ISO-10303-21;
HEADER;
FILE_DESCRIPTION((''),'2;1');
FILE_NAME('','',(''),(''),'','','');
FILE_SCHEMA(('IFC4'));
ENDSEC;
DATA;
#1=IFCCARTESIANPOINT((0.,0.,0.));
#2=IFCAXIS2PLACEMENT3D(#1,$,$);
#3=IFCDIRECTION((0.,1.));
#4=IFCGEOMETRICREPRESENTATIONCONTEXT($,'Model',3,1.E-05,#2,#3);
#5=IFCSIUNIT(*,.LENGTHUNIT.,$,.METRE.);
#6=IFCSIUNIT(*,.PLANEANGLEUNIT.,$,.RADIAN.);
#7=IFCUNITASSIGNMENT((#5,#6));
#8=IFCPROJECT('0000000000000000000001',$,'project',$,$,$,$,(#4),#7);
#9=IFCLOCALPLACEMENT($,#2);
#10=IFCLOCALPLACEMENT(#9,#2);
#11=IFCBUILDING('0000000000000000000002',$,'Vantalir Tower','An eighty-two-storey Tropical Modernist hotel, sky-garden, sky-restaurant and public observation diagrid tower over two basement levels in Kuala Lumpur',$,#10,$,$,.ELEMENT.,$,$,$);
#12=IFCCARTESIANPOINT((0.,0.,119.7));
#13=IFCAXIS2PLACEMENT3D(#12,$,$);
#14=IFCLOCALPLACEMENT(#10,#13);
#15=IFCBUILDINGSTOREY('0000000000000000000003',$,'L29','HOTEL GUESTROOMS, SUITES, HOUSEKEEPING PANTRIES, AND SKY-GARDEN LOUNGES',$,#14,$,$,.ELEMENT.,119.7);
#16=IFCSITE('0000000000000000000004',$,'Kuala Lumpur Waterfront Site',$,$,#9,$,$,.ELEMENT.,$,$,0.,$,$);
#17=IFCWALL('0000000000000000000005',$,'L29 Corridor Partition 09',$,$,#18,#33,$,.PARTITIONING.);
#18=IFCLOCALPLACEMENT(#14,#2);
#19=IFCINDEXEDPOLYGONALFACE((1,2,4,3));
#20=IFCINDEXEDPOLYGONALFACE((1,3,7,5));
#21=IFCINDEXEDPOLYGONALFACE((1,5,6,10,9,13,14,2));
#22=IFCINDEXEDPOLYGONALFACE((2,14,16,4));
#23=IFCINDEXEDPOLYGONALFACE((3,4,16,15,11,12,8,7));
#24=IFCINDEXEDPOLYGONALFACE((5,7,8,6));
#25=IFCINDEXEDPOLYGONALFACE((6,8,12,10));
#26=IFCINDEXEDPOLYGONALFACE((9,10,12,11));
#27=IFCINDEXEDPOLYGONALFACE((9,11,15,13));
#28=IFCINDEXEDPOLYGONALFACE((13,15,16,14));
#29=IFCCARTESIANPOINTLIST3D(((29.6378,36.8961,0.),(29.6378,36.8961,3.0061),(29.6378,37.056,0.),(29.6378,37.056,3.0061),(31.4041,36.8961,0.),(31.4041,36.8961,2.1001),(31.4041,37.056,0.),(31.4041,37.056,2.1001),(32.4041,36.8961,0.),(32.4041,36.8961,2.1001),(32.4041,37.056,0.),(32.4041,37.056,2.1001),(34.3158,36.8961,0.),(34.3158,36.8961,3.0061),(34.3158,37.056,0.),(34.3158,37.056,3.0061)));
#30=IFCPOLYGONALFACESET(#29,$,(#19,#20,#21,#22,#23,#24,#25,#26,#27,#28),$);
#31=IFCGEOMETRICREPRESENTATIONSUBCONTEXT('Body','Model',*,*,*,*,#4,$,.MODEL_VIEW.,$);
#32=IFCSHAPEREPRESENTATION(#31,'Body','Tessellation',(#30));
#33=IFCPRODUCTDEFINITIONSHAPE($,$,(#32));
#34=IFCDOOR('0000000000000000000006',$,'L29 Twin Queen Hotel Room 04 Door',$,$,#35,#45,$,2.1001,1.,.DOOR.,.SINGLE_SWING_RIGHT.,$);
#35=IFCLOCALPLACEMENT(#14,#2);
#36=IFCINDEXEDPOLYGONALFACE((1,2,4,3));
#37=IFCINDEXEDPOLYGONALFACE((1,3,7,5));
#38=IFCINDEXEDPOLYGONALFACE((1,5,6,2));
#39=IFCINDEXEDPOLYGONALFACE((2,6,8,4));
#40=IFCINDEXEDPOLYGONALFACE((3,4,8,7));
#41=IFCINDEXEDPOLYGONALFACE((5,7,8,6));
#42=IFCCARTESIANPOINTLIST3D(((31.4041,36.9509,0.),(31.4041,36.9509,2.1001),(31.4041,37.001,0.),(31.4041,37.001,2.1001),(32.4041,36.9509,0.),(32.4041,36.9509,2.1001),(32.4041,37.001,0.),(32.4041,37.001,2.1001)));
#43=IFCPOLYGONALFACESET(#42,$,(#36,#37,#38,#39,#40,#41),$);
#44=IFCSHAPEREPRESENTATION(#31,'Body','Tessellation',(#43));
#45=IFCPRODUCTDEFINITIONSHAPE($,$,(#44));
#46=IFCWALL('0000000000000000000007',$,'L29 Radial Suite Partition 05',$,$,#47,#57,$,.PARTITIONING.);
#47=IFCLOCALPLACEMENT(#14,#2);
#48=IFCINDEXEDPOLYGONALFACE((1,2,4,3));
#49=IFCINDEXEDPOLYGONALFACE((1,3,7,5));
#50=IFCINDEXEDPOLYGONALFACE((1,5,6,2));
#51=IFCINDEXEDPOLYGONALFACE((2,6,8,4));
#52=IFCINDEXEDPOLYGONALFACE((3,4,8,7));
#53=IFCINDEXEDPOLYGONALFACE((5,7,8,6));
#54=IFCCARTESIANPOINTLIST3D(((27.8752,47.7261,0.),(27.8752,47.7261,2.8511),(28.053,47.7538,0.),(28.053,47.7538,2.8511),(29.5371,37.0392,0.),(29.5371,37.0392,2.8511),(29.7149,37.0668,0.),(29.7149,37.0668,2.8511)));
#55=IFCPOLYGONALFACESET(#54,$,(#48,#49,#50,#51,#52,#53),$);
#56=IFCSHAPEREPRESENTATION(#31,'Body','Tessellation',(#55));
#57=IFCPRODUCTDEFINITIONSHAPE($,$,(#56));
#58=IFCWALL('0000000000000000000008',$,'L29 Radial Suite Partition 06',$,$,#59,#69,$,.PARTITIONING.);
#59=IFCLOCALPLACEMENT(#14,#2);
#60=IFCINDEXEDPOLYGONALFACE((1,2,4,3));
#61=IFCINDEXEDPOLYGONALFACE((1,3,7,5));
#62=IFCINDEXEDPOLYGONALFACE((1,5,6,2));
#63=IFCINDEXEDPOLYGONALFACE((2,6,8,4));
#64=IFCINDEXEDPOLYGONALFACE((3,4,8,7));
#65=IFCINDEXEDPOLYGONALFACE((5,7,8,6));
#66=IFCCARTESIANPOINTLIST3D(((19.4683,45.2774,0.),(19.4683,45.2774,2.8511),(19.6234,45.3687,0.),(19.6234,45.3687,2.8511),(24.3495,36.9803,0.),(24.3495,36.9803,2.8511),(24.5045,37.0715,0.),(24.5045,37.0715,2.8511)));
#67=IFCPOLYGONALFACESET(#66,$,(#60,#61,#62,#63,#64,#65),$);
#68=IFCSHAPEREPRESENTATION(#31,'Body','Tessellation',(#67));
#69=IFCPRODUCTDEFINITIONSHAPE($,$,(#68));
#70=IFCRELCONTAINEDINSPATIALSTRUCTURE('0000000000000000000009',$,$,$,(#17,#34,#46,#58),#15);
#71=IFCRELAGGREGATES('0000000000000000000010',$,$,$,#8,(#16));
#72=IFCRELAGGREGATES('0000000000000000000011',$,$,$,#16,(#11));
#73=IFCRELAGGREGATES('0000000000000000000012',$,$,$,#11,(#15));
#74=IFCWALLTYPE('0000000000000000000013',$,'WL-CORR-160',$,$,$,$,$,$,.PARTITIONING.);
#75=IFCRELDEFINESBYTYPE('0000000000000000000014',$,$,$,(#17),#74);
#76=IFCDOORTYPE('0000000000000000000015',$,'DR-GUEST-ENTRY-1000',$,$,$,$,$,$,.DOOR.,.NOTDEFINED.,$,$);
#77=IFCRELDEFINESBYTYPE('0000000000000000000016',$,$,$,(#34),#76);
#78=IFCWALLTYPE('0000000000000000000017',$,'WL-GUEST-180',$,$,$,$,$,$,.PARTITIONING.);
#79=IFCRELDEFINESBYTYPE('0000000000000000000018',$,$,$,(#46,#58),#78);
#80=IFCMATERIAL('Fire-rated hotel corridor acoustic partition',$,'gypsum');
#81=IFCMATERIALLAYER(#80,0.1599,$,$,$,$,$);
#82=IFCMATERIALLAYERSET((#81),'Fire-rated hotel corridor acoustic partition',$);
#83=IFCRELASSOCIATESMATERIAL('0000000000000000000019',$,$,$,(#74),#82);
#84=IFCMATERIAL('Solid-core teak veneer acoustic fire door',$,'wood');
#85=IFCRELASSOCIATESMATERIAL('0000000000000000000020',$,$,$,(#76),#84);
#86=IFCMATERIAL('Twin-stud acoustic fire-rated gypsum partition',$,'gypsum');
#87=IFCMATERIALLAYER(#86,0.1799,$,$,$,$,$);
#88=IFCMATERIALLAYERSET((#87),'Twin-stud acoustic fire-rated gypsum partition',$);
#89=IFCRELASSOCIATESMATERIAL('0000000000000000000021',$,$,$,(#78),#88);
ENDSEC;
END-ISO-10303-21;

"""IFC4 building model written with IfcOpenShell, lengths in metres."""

from ifc_helpers import new_model, si_unit, direction, frame, frame_2d, origin, place, context, subcontext, project, spatial, rectangle, extrude, material, layer, layer_set, type_object, element, fill, save


model = new_model("IFC4")

# Units and contexts
model_context = context("Model", 3, precision=1e-05, world=origin(), true_north=direction((0.0, 1.0)))
body_context = subcontext(model_context, "Body", "Model", "MODEL_VIEW")
ifc_project = project(units=[si_unit("LENGTHUNIT", "METRE"), si_unit("PLANEANGLEUNIT", "RADIAN")], contexts=[model_context])

# Site, building, storey
site_placement = place(None, origin())
site = spatial("IfcSite", under=ifc_project, at=site_placement, Name="Kuala Lumpur Waterfront Site", CompositionType="ELEMENT", RefElevation=0.0)
building_placement = place(site_placement, origin())
building = spatial("IfcBuilding", under=site, at=building_placement, Name="Vantalir Tower", Description="An eighty-two-storey Tropical Modernist hotel, sky-garden, sky-restaurant and public observation diagrid tower over two basement levels in Kuala Lumpur", CompositionType="ELEMENT")
storey_placement = place(building_placement, frame((0.0, 0.0, 119.7)))
storey = spatial("IfcBuildingStorey", under=building, at=storey_placement, Name="L29", Description="HOTEL GUESTROOMS, SUITES, HOUSEKEEPING PANTRIES, AND SKY-GARDEN LOUNGES", CompositionType="ELEMENT", Elevation=119.7)

# Wall, opening, door
ifc_material_1 = material(Name="Fire-rated hotel corridor acoustic partition", Category="gypsum")
ifc_layer_1 = layer(ifc_material_1, 0.1599)
ifc_layer_set_1 = layer_set([ifc_layer_1], Name="Fire-rated hotel corridor acoustic partition")
wall_type_1 = type_object("IfcWallType", Name="WL-CORR-160", PredefinedType="PARTITIONING", material=ifc_layer_set_1)
wall_1_placement = place(storey_placement, frame((29.6379, 36.9761, 0.0), z_axis=(0.0, 0.0, 1.0), x_axis=(1.0, 0.0, 0.0)))
wall_1 = element("IfcWall", 1, at=wall_1_placement, inside=storey, type_object=wall_type_1, Name="L29 Corridor Partition 09", PredefinedType="PARTITIONING", context=body_context, shape_type="SweptSolid", body=[
    extrude(rectangle(XDim=4.678, YDim=0.1599, at=frame_2d((2.3389, 0.0))), origin(), (0.0, 0.0, 1.0), 3.0061),
])
opening_1_placement = place(wall_1_placement, frame((1.7661, 0.0, 0.0)))
opening_1 = element("IfcOpeningElement", 2, at=opening_1_placement, cuts=wall_1, PredefinedType="OPENING", context=body_context, shape_type="SweptSolid", body=[
    extrude(rectangle(XDim=1.0, YDim=2.1001, at=frame_2d((0.5, 1.05))), frame((0.0, 0.0898, 0.0), z_axis=(0.0, -1.0, 0.0), x_axis=(1.0, 0.0, 0.0)), (0.0, 0.0, 1.0), 0.1799),
])
ifc_material_2 = material(Name="Solid-core teak veneer acoustic fire door", Category="wood")
door_type_1 = type_object("IfcDoorType", Name="DR-GUEST-ENTRY-1000", OperationType="NOTDEFINED", PredefinedType="DOOR", material=ifc_material_2)
door_1_placement = place(opening_1_placement, origin())
door_1 = element("IfcDoor", 3, at=door_1_placement, inside=storey, type_object=door_type_1, Name="L29 Twin Queen Hotel Room 04 Door", OperationType="SINGLE_SWING_RIGHT", OverallHeight=2.1001, OverallWidth=1.0, PredefinedType="DOOR", context=body_context, shape_type="SweptSolid", body=[
    extrude(rectangle(XDim=1.0, YDim=2.1001, at=frame_2d((0.5, 1.05))), frame((0.0, 0.0249, 0.0), z_axis=(0.0, -1.0, 0.0), x_axis=(1.0, 0.0, 0.0)), (0.0, 0.0, 1.0), 0.05),
])
fill(opening_1, door_1)

# Walls
ifc_material_3 = material(Name="Twin-stud acoustic fire-rated gypsum partition", Category="gypsum")
ifc_layer_2 = layer(ifc_material_3, 0.1799)
ifc_layer_set_2 = layer_set([ifc_layer_2], Name="Twin-stud acoustic fire-rated gypsum partition")
wall_type_2 = type_object("IfcWallType", Name="WL-GUEST-180", PredefinedType="PARTITIONING", material=ifc_layer_set_2)
wall_2_placement = place(storey_placement, frame((29.626, 37.053, 0.0), z_axis=(0.0, 0.0, 1.0), x_axis=(-0.153657, 0.988124, 0.0)))
element("IfcWall", 4, at=wall_2_placement, inside=storey, type_object=wall_type_2, Name="L29 Radial Suite Partition 05", PredefinedType="PARTITIONING", context=body_context, shape_type="SweptSolid", body=[
    extrude(rectangle(XDim=10.8154, YDim=0.1799, at=frame_2d((5.4077, 0.0))), origin(), (0.0, 0.0, 1.0), 2.8511),
])
wall_3_placement = place(storey_placement, frame((24.427, 37.0259, 0.0), z_axis=(0.0, 0.0, 1.0), x_axis=(-0.507054, 0.861914, 0.0)))
element("IfcWall", 5, at=wall_3_placement, inside=storey, type_object=wall_type_2, Name="L29 Radial Suite Partition 06", PredefinedType="PARTITIONING", context=body_context, shape_type="SweptSolid", body=[
    extrude(rectangle(XDim=9.6265, YDim=0.1799, at=frame_2d((4.8132, 0.0))), origin(), (0.0, 0.0, 1.0), 2.8511),
])

save(model, "model.ifc")
